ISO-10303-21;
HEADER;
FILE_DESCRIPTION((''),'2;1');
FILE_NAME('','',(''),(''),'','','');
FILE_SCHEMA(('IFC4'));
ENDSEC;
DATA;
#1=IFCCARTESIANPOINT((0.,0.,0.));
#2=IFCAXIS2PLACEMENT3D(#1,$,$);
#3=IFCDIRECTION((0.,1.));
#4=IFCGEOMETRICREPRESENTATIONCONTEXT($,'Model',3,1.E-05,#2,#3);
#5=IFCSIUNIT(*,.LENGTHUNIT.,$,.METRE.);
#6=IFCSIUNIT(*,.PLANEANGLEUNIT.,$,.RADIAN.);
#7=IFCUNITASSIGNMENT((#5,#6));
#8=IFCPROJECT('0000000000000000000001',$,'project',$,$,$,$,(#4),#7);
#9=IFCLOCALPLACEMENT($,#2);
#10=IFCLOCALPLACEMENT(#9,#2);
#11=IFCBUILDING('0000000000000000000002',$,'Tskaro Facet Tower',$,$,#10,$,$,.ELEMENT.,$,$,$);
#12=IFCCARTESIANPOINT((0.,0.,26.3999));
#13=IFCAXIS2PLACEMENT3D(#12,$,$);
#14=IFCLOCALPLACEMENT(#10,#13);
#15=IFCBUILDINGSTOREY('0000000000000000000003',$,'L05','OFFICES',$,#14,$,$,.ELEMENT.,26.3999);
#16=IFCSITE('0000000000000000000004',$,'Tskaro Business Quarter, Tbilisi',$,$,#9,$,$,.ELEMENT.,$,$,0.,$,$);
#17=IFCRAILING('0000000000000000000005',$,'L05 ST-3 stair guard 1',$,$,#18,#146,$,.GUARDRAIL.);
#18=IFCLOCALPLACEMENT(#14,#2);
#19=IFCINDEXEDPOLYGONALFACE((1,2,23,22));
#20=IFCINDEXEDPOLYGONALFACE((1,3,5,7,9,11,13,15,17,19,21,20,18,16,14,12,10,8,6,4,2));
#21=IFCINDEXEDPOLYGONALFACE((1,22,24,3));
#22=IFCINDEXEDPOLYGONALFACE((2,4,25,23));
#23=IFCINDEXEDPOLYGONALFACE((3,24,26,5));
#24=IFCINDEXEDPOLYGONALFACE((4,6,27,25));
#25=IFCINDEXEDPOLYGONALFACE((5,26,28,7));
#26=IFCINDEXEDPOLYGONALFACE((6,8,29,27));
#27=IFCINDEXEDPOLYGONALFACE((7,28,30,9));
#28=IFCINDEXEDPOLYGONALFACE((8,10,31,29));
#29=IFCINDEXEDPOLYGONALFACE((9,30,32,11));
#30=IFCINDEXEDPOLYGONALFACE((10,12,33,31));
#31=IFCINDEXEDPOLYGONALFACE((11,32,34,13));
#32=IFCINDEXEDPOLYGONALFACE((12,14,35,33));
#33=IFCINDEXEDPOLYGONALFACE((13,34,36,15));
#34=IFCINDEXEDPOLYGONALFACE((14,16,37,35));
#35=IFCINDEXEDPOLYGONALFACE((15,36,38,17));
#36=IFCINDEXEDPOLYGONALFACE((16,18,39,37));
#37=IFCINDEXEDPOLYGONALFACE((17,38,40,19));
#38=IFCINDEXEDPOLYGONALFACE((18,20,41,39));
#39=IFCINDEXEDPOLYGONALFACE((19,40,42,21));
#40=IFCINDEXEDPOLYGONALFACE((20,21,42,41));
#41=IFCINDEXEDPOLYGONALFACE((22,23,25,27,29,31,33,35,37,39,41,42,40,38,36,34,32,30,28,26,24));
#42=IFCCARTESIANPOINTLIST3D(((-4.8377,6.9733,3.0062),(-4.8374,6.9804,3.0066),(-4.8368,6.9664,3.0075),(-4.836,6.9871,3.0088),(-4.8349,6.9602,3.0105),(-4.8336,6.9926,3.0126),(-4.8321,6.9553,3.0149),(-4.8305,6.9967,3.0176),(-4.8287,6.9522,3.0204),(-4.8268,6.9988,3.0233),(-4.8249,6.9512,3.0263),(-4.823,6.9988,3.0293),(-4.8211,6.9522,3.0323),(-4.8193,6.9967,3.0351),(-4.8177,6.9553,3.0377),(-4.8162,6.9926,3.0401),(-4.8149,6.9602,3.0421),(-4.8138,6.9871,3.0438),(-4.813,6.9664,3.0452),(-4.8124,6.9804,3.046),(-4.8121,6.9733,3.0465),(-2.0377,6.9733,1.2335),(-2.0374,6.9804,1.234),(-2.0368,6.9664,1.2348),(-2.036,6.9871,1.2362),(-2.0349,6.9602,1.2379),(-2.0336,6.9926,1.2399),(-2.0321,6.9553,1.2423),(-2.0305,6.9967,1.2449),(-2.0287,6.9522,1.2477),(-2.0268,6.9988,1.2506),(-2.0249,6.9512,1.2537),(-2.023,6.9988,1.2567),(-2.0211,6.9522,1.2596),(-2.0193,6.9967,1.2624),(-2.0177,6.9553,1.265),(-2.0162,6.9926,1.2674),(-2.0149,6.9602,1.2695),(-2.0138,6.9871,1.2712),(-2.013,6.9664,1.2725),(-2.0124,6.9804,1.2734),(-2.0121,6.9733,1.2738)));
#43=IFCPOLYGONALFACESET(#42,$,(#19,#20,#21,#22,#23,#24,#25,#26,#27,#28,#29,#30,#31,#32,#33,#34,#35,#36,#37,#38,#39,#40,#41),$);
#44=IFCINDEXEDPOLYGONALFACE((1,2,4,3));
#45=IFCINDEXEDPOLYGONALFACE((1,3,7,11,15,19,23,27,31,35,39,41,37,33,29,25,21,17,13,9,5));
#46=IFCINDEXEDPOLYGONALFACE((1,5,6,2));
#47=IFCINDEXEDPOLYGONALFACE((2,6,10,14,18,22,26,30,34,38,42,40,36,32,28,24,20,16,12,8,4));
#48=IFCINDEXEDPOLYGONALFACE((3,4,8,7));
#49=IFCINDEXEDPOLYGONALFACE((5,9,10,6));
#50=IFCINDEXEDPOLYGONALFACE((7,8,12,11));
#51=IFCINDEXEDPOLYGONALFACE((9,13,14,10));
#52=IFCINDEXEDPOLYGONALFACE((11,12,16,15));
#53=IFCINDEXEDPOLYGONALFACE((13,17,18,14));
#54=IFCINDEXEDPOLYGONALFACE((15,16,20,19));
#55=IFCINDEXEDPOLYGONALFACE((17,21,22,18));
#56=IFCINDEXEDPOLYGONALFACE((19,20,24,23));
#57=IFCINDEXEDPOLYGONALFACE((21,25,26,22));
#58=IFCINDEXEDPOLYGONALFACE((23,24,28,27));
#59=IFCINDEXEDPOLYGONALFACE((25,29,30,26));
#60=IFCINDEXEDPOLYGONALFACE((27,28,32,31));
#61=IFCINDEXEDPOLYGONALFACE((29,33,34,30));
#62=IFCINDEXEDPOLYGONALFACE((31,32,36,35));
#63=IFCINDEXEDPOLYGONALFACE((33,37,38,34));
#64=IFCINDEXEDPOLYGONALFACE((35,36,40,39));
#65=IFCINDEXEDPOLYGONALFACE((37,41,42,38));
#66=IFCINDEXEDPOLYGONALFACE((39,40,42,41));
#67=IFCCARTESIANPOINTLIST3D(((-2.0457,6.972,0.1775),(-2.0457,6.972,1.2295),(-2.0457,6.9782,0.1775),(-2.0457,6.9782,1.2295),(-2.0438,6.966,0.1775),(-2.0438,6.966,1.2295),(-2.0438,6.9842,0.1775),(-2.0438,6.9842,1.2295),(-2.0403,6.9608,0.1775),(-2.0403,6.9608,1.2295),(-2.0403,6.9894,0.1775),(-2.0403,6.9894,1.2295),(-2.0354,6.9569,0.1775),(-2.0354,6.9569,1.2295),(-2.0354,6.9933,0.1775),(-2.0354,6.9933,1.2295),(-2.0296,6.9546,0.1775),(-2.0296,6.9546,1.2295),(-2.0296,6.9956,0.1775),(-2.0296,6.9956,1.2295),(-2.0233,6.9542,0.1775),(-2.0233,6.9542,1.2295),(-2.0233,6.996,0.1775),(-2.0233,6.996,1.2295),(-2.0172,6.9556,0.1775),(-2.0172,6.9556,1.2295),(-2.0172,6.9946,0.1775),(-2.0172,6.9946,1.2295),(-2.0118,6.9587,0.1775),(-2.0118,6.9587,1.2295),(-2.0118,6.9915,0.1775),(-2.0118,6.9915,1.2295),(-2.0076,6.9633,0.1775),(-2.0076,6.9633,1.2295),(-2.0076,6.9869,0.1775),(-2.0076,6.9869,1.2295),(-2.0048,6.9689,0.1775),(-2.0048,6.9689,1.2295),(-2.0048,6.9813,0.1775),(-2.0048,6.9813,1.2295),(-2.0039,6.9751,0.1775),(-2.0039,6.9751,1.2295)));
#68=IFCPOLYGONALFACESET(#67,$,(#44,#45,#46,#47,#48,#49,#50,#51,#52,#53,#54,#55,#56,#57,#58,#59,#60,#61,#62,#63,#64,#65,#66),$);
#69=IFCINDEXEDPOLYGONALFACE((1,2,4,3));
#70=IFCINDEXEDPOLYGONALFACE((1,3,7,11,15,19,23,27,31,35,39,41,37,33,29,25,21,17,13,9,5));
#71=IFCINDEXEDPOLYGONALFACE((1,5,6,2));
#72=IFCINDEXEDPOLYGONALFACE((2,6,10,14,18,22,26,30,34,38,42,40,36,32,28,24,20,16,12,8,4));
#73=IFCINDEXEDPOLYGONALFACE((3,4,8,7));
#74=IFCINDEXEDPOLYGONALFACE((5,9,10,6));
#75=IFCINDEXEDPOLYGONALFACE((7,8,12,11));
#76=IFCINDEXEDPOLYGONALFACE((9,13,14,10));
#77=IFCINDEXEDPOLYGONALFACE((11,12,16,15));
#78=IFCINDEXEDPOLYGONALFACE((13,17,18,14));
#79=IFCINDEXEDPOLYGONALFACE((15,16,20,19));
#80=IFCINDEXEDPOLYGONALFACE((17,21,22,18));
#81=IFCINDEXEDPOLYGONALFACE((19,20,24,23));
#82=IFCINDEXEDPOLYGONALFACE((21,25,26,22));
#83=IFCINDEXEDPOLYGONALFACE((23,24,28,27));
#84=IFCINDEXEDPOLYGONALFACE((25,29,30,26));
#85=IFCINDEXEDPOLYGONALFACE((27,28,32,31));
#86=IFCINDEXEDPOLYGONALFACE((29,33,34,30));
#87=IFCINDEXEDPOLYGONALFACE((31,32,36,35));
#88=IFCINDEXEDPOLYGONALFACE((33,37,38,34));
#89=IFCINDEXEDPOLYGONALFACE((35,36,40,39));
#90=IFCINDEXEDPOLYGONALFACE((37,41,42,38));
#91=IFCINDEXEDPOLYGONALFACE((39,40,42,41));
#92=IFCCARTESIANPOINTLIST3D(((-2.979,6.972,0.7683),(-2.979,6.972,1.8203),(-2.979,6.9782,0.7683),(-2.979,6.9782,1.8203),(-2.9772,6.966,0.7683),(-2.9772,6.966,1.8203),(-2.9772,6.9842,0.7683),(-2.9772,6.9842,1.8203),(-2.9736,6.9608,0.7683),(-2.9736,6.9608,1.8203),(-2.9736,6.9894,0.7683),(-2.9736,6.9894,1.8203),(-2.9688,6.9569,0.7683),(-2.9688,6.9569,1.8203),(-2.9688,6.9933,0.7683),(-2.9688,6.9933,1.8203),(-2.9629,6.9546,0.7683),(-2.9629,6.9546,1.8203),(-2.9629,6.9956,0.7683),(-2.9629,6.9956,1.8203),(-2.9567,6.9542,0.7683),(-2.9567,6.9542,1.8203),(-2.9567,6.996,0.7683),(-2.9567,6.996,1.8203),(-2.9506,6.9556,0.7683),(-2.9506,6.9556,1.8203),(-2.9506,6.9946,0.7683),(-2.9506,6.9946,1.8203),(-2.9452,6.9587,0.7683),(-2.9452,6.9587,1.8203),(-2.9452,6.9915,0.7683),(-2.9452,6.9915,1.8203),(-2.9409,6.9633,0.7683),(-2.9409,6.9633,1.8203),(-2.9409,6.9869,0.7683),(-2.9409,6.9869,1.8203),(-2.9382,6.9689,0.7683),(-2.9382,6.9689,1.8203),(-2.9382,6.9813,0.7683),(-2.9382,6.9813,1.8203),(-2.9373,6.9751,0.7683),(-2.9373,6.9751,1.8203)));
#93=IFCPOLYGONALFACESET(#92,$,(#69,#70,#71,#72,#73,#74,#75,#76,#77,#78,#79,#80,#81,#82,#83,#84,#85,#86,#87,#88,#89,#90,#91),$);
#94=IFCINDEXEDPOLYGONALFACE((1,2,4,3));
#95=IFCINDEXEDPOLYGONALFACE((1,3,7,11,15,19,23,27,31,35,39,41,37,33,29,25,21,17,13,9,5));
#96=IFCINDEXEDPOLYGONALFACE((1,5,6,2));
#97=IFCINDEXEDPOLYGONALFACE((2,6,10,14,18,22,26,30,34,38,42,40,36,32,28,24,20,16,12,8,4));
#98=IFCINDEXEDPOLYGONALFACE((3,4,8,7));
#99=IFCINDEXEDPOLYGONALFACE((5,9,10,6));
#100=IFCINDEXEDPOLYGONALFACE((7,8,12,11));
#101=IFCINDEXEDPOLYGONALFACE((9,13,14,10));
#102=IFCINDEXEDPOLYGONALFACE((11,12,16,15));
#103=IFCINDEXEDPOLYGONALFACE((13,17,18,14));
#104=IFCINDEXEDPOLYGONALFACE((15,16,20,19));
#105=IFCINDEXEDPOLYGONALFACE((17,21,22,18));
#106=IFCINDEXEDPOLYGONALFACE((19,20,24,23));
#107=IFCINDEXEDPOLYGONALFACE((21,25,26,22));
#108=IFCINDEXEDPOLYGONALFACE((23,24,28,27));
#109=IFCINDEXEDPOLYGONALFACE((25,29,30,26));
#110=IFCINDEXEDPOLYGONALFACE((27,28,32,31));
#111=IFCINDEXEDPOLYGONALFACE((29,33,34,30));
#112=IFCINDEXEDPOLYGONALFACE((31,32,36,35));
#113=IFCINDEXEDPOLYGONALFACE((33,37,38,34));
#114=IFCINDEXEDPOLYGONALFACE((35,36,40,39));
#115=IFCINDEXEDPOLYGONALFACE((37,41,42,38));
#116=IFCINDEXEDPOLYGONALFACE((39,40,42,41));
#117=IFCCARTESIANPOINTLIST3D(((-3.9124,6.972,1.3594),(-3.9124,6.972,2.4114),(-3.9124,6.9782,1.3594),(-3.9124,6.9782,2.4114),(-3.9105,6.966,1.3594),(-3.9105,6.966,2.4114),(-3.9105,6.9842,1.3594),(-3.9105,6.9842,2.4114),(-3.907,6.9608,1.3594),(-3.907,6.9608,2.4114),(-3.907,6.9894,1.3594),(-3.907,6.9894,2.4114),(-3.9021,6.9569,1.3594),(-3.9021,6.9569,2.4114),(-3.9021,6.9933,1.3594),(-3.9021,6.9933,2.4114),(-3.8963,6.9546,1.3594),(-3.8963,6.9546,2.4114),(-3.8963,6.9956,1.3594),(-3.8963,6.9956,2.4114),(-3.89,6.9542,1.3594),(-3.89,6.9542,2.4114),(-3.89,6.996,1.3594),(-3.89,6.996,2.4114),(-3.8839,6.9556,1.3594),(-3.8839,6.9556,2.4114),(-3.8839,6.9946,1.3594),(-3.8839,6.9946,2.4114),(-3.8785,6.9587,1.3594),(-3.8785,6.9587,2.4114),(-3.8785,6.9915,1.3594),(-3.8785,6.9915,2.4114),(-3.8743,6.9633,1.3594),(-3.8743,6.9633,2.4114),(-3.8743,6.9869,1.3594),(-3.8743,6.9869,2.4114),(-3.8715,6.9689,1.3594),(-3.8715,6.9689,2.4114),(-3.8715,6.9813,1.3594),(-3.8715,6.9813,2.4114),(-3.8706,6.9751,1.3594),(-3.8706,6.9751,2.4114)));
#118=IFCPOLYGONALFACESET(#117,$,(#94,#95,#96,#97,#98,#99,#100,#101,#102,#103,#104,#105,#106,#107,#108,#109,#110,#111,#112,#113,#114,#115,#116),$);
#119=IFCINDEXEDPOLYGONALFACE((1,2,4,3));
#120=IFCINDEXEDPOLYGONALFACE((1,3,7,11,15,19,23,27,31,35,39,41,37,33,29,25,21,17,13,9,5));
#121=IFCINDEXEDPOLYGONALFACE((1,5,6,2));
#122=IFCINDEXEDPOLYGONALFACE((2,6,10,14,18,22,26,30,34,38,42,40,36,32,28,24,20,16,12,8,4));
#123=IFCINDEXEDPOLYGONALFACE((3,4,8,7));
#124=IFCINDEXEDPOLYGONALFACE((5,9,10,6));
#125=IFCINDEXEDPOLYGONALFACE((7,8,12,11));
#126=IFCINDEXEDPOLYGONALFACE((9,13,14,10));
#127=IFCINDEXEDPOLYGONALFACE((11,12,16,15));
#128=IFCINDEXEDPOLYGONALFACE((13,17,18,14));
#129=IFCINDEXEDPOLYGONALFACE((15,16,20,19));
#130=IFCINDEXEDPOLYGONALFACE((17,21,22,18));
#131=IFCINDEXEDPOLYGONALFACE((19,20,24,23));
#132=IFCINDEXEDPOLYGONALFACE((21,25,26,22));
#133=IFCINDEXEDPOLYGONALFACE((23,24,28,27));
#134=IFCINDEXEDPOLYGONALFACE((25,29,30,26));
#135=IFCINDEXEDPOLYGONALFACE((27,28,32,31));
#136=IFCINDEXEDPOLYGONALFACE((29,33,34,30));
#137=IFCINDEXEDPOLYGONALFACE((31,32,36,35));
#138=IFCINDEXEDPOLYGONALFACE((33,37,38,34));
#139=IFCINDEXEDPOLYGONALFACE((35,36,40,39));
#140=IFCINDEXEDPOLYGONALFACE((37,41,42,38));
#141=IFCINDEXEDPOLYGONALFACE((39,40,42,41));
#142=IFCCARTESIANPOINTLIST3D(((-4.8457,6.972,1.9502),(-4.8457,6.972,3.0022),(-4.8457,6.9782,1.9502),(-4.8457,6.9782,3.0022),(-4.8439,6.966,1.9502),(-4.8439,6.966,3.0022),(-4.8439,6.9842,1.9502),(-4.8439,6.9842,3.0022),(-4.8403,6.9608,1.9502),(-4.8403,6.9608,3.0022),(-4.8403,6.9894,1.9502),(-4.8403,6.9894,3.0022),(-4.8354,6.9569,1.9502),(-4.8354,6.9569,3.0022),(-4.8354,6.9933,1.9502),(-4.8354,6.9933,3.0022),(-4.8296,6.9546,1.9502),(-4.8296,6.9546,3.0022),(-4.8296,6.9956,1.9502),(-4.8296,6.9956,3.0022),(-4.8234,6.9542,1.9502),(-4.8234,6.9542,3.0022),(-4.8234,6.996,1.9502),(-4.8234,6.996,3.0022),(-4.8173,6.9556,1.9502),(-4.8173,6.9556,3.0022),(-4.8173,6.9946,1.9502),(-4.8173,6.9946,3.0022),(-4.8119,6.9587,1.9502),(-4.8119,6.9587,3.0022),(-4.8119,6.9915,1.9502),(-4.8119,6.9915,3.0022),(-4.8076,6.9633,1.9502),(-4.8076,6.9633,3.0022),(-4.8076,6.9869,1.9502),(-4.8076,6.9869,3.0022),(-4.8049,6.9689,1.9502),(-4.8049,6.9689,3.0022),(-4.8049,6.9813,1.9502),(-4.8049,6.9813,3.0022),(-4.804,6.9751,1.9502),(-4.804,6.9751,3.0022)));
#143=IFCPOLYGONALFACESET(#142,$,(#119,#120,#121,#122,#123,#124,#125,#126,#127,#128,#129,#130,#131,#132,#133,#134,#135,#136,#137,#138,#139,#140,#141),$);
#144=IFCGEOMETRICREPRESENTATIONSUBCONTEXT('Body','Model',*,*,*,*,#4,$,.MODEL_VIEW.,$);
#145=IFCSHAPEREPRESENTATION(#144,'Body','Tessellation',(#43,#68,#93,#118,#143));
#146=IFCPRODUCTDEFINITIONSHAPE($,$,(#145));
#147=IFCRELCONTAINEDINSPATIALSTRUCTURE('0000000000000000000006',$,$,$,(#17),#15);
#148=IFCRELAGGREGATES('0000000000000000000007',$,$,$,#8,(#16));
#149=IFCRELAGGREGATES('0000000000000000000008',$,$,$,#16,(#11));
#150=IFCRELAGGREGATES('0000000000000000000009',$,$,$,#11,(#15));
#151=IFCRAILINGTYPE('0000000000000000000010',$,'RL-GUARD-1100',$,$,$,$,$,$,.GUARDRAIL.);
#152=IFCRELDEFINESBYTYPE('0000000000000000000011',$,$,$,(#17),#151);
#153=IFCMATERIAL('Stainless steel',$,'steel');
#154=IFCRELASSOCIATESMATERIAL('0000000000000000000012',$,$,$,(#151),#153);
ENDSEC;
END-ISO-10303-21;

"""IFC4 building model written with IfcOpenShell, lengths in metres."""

from ifc_helpers import new_model, si_unit, direction, frame, origin, origin_2d, place, context, subcontext, project, spatial, circle, extrude, material, type_object, element, save


model = new_model("IFC4")

# Units and contexts
model_context = context("Model", 3, precision=1e-05, world=origin(), true_north=direction((0.0, 1.0)))
body_context = subcontext(model_context, "Body", "Model", "MODEL_VIEW")
ifc_project = project(units=[si_unit("LENGTHUNIT", "METRE"), si_unit("PLANEANGLEUNIT", "RADIAN")], contexts=[model_context])

# Site, building, storey
site_placement = place(None, origin())
site = spatial("IfcSite", under=ifc_project, at=site_placement, Name="Tskaro Business Quarter, Tbilisi", CompositionType="ELEMENT", RefElevation=0.0)
building_placement = place(site_placement, origin())
building = spatial("IfcBuilding", under=site, at=building_placement, Name="Tskaro Facet Tower", CompositionType="ELEMENT")
storey_placement = place(building_placement, frame((0.0, 0.0, 26.3999)))
storey = spatial("IfcBuildingStorey", under=building, at=storey_placement, Name="L05", Description="OFFICES", CompositionType="ELEMENT", Elevation=26.3999)

# Railing
ifc_material_1 = material(Name="Stainless steel", Category="steel")
railing_type_1 = type_object("IfcRailingType", Name="RL-GUARD-1100", PredefinedType="GUARDRAIL", material=ifc_material_1)
railing_1_placement = place(storey_placement, frame((-2.0249, 6.9751, 0.1775)))
element("IfcRailing", 1, at=railing_1_placement, inside=storey, type_object=railing_type_1, Name="L05 ST-3 stair guard 1", PredefinedType="GUARDRAIL", context=body_context, shape_type="SweptSolid", body=[
    extrude(circle(Radius=0.0239, at=origin_2d()), frame((0.0, 0.0, 1.0762), z_axis=(-0.844909, 0.0, 0.53491), x_axis=(0.0, -1.0, 0.0)), (0.0, 0.0, 1.0), 3.314),
    extrude(circle(Radius=0.021, at=origin_2d()), origin(), (0.0, 0.0, 1.0), 1.052),
    extrude(circle(Radius=0.021, at=origin_2d()), frame((-0.9333, 0.0, 0.5908)), (0.0, 0.0, 1.0), 1.052),
    extrude(circle(Radius=0.021, at=origin_2d()), frame((-1.8667, 0.0, 1.1819)), (0.0, 0.0, 1.0), 1.052),
    extrude(circle(Radius=0.021, at=origin_2d()), frame((-2.8, 0.0, 1.7727)), (0.0, 0.0, 1.0), 1.052),
])

save(model, "model.ifc")
